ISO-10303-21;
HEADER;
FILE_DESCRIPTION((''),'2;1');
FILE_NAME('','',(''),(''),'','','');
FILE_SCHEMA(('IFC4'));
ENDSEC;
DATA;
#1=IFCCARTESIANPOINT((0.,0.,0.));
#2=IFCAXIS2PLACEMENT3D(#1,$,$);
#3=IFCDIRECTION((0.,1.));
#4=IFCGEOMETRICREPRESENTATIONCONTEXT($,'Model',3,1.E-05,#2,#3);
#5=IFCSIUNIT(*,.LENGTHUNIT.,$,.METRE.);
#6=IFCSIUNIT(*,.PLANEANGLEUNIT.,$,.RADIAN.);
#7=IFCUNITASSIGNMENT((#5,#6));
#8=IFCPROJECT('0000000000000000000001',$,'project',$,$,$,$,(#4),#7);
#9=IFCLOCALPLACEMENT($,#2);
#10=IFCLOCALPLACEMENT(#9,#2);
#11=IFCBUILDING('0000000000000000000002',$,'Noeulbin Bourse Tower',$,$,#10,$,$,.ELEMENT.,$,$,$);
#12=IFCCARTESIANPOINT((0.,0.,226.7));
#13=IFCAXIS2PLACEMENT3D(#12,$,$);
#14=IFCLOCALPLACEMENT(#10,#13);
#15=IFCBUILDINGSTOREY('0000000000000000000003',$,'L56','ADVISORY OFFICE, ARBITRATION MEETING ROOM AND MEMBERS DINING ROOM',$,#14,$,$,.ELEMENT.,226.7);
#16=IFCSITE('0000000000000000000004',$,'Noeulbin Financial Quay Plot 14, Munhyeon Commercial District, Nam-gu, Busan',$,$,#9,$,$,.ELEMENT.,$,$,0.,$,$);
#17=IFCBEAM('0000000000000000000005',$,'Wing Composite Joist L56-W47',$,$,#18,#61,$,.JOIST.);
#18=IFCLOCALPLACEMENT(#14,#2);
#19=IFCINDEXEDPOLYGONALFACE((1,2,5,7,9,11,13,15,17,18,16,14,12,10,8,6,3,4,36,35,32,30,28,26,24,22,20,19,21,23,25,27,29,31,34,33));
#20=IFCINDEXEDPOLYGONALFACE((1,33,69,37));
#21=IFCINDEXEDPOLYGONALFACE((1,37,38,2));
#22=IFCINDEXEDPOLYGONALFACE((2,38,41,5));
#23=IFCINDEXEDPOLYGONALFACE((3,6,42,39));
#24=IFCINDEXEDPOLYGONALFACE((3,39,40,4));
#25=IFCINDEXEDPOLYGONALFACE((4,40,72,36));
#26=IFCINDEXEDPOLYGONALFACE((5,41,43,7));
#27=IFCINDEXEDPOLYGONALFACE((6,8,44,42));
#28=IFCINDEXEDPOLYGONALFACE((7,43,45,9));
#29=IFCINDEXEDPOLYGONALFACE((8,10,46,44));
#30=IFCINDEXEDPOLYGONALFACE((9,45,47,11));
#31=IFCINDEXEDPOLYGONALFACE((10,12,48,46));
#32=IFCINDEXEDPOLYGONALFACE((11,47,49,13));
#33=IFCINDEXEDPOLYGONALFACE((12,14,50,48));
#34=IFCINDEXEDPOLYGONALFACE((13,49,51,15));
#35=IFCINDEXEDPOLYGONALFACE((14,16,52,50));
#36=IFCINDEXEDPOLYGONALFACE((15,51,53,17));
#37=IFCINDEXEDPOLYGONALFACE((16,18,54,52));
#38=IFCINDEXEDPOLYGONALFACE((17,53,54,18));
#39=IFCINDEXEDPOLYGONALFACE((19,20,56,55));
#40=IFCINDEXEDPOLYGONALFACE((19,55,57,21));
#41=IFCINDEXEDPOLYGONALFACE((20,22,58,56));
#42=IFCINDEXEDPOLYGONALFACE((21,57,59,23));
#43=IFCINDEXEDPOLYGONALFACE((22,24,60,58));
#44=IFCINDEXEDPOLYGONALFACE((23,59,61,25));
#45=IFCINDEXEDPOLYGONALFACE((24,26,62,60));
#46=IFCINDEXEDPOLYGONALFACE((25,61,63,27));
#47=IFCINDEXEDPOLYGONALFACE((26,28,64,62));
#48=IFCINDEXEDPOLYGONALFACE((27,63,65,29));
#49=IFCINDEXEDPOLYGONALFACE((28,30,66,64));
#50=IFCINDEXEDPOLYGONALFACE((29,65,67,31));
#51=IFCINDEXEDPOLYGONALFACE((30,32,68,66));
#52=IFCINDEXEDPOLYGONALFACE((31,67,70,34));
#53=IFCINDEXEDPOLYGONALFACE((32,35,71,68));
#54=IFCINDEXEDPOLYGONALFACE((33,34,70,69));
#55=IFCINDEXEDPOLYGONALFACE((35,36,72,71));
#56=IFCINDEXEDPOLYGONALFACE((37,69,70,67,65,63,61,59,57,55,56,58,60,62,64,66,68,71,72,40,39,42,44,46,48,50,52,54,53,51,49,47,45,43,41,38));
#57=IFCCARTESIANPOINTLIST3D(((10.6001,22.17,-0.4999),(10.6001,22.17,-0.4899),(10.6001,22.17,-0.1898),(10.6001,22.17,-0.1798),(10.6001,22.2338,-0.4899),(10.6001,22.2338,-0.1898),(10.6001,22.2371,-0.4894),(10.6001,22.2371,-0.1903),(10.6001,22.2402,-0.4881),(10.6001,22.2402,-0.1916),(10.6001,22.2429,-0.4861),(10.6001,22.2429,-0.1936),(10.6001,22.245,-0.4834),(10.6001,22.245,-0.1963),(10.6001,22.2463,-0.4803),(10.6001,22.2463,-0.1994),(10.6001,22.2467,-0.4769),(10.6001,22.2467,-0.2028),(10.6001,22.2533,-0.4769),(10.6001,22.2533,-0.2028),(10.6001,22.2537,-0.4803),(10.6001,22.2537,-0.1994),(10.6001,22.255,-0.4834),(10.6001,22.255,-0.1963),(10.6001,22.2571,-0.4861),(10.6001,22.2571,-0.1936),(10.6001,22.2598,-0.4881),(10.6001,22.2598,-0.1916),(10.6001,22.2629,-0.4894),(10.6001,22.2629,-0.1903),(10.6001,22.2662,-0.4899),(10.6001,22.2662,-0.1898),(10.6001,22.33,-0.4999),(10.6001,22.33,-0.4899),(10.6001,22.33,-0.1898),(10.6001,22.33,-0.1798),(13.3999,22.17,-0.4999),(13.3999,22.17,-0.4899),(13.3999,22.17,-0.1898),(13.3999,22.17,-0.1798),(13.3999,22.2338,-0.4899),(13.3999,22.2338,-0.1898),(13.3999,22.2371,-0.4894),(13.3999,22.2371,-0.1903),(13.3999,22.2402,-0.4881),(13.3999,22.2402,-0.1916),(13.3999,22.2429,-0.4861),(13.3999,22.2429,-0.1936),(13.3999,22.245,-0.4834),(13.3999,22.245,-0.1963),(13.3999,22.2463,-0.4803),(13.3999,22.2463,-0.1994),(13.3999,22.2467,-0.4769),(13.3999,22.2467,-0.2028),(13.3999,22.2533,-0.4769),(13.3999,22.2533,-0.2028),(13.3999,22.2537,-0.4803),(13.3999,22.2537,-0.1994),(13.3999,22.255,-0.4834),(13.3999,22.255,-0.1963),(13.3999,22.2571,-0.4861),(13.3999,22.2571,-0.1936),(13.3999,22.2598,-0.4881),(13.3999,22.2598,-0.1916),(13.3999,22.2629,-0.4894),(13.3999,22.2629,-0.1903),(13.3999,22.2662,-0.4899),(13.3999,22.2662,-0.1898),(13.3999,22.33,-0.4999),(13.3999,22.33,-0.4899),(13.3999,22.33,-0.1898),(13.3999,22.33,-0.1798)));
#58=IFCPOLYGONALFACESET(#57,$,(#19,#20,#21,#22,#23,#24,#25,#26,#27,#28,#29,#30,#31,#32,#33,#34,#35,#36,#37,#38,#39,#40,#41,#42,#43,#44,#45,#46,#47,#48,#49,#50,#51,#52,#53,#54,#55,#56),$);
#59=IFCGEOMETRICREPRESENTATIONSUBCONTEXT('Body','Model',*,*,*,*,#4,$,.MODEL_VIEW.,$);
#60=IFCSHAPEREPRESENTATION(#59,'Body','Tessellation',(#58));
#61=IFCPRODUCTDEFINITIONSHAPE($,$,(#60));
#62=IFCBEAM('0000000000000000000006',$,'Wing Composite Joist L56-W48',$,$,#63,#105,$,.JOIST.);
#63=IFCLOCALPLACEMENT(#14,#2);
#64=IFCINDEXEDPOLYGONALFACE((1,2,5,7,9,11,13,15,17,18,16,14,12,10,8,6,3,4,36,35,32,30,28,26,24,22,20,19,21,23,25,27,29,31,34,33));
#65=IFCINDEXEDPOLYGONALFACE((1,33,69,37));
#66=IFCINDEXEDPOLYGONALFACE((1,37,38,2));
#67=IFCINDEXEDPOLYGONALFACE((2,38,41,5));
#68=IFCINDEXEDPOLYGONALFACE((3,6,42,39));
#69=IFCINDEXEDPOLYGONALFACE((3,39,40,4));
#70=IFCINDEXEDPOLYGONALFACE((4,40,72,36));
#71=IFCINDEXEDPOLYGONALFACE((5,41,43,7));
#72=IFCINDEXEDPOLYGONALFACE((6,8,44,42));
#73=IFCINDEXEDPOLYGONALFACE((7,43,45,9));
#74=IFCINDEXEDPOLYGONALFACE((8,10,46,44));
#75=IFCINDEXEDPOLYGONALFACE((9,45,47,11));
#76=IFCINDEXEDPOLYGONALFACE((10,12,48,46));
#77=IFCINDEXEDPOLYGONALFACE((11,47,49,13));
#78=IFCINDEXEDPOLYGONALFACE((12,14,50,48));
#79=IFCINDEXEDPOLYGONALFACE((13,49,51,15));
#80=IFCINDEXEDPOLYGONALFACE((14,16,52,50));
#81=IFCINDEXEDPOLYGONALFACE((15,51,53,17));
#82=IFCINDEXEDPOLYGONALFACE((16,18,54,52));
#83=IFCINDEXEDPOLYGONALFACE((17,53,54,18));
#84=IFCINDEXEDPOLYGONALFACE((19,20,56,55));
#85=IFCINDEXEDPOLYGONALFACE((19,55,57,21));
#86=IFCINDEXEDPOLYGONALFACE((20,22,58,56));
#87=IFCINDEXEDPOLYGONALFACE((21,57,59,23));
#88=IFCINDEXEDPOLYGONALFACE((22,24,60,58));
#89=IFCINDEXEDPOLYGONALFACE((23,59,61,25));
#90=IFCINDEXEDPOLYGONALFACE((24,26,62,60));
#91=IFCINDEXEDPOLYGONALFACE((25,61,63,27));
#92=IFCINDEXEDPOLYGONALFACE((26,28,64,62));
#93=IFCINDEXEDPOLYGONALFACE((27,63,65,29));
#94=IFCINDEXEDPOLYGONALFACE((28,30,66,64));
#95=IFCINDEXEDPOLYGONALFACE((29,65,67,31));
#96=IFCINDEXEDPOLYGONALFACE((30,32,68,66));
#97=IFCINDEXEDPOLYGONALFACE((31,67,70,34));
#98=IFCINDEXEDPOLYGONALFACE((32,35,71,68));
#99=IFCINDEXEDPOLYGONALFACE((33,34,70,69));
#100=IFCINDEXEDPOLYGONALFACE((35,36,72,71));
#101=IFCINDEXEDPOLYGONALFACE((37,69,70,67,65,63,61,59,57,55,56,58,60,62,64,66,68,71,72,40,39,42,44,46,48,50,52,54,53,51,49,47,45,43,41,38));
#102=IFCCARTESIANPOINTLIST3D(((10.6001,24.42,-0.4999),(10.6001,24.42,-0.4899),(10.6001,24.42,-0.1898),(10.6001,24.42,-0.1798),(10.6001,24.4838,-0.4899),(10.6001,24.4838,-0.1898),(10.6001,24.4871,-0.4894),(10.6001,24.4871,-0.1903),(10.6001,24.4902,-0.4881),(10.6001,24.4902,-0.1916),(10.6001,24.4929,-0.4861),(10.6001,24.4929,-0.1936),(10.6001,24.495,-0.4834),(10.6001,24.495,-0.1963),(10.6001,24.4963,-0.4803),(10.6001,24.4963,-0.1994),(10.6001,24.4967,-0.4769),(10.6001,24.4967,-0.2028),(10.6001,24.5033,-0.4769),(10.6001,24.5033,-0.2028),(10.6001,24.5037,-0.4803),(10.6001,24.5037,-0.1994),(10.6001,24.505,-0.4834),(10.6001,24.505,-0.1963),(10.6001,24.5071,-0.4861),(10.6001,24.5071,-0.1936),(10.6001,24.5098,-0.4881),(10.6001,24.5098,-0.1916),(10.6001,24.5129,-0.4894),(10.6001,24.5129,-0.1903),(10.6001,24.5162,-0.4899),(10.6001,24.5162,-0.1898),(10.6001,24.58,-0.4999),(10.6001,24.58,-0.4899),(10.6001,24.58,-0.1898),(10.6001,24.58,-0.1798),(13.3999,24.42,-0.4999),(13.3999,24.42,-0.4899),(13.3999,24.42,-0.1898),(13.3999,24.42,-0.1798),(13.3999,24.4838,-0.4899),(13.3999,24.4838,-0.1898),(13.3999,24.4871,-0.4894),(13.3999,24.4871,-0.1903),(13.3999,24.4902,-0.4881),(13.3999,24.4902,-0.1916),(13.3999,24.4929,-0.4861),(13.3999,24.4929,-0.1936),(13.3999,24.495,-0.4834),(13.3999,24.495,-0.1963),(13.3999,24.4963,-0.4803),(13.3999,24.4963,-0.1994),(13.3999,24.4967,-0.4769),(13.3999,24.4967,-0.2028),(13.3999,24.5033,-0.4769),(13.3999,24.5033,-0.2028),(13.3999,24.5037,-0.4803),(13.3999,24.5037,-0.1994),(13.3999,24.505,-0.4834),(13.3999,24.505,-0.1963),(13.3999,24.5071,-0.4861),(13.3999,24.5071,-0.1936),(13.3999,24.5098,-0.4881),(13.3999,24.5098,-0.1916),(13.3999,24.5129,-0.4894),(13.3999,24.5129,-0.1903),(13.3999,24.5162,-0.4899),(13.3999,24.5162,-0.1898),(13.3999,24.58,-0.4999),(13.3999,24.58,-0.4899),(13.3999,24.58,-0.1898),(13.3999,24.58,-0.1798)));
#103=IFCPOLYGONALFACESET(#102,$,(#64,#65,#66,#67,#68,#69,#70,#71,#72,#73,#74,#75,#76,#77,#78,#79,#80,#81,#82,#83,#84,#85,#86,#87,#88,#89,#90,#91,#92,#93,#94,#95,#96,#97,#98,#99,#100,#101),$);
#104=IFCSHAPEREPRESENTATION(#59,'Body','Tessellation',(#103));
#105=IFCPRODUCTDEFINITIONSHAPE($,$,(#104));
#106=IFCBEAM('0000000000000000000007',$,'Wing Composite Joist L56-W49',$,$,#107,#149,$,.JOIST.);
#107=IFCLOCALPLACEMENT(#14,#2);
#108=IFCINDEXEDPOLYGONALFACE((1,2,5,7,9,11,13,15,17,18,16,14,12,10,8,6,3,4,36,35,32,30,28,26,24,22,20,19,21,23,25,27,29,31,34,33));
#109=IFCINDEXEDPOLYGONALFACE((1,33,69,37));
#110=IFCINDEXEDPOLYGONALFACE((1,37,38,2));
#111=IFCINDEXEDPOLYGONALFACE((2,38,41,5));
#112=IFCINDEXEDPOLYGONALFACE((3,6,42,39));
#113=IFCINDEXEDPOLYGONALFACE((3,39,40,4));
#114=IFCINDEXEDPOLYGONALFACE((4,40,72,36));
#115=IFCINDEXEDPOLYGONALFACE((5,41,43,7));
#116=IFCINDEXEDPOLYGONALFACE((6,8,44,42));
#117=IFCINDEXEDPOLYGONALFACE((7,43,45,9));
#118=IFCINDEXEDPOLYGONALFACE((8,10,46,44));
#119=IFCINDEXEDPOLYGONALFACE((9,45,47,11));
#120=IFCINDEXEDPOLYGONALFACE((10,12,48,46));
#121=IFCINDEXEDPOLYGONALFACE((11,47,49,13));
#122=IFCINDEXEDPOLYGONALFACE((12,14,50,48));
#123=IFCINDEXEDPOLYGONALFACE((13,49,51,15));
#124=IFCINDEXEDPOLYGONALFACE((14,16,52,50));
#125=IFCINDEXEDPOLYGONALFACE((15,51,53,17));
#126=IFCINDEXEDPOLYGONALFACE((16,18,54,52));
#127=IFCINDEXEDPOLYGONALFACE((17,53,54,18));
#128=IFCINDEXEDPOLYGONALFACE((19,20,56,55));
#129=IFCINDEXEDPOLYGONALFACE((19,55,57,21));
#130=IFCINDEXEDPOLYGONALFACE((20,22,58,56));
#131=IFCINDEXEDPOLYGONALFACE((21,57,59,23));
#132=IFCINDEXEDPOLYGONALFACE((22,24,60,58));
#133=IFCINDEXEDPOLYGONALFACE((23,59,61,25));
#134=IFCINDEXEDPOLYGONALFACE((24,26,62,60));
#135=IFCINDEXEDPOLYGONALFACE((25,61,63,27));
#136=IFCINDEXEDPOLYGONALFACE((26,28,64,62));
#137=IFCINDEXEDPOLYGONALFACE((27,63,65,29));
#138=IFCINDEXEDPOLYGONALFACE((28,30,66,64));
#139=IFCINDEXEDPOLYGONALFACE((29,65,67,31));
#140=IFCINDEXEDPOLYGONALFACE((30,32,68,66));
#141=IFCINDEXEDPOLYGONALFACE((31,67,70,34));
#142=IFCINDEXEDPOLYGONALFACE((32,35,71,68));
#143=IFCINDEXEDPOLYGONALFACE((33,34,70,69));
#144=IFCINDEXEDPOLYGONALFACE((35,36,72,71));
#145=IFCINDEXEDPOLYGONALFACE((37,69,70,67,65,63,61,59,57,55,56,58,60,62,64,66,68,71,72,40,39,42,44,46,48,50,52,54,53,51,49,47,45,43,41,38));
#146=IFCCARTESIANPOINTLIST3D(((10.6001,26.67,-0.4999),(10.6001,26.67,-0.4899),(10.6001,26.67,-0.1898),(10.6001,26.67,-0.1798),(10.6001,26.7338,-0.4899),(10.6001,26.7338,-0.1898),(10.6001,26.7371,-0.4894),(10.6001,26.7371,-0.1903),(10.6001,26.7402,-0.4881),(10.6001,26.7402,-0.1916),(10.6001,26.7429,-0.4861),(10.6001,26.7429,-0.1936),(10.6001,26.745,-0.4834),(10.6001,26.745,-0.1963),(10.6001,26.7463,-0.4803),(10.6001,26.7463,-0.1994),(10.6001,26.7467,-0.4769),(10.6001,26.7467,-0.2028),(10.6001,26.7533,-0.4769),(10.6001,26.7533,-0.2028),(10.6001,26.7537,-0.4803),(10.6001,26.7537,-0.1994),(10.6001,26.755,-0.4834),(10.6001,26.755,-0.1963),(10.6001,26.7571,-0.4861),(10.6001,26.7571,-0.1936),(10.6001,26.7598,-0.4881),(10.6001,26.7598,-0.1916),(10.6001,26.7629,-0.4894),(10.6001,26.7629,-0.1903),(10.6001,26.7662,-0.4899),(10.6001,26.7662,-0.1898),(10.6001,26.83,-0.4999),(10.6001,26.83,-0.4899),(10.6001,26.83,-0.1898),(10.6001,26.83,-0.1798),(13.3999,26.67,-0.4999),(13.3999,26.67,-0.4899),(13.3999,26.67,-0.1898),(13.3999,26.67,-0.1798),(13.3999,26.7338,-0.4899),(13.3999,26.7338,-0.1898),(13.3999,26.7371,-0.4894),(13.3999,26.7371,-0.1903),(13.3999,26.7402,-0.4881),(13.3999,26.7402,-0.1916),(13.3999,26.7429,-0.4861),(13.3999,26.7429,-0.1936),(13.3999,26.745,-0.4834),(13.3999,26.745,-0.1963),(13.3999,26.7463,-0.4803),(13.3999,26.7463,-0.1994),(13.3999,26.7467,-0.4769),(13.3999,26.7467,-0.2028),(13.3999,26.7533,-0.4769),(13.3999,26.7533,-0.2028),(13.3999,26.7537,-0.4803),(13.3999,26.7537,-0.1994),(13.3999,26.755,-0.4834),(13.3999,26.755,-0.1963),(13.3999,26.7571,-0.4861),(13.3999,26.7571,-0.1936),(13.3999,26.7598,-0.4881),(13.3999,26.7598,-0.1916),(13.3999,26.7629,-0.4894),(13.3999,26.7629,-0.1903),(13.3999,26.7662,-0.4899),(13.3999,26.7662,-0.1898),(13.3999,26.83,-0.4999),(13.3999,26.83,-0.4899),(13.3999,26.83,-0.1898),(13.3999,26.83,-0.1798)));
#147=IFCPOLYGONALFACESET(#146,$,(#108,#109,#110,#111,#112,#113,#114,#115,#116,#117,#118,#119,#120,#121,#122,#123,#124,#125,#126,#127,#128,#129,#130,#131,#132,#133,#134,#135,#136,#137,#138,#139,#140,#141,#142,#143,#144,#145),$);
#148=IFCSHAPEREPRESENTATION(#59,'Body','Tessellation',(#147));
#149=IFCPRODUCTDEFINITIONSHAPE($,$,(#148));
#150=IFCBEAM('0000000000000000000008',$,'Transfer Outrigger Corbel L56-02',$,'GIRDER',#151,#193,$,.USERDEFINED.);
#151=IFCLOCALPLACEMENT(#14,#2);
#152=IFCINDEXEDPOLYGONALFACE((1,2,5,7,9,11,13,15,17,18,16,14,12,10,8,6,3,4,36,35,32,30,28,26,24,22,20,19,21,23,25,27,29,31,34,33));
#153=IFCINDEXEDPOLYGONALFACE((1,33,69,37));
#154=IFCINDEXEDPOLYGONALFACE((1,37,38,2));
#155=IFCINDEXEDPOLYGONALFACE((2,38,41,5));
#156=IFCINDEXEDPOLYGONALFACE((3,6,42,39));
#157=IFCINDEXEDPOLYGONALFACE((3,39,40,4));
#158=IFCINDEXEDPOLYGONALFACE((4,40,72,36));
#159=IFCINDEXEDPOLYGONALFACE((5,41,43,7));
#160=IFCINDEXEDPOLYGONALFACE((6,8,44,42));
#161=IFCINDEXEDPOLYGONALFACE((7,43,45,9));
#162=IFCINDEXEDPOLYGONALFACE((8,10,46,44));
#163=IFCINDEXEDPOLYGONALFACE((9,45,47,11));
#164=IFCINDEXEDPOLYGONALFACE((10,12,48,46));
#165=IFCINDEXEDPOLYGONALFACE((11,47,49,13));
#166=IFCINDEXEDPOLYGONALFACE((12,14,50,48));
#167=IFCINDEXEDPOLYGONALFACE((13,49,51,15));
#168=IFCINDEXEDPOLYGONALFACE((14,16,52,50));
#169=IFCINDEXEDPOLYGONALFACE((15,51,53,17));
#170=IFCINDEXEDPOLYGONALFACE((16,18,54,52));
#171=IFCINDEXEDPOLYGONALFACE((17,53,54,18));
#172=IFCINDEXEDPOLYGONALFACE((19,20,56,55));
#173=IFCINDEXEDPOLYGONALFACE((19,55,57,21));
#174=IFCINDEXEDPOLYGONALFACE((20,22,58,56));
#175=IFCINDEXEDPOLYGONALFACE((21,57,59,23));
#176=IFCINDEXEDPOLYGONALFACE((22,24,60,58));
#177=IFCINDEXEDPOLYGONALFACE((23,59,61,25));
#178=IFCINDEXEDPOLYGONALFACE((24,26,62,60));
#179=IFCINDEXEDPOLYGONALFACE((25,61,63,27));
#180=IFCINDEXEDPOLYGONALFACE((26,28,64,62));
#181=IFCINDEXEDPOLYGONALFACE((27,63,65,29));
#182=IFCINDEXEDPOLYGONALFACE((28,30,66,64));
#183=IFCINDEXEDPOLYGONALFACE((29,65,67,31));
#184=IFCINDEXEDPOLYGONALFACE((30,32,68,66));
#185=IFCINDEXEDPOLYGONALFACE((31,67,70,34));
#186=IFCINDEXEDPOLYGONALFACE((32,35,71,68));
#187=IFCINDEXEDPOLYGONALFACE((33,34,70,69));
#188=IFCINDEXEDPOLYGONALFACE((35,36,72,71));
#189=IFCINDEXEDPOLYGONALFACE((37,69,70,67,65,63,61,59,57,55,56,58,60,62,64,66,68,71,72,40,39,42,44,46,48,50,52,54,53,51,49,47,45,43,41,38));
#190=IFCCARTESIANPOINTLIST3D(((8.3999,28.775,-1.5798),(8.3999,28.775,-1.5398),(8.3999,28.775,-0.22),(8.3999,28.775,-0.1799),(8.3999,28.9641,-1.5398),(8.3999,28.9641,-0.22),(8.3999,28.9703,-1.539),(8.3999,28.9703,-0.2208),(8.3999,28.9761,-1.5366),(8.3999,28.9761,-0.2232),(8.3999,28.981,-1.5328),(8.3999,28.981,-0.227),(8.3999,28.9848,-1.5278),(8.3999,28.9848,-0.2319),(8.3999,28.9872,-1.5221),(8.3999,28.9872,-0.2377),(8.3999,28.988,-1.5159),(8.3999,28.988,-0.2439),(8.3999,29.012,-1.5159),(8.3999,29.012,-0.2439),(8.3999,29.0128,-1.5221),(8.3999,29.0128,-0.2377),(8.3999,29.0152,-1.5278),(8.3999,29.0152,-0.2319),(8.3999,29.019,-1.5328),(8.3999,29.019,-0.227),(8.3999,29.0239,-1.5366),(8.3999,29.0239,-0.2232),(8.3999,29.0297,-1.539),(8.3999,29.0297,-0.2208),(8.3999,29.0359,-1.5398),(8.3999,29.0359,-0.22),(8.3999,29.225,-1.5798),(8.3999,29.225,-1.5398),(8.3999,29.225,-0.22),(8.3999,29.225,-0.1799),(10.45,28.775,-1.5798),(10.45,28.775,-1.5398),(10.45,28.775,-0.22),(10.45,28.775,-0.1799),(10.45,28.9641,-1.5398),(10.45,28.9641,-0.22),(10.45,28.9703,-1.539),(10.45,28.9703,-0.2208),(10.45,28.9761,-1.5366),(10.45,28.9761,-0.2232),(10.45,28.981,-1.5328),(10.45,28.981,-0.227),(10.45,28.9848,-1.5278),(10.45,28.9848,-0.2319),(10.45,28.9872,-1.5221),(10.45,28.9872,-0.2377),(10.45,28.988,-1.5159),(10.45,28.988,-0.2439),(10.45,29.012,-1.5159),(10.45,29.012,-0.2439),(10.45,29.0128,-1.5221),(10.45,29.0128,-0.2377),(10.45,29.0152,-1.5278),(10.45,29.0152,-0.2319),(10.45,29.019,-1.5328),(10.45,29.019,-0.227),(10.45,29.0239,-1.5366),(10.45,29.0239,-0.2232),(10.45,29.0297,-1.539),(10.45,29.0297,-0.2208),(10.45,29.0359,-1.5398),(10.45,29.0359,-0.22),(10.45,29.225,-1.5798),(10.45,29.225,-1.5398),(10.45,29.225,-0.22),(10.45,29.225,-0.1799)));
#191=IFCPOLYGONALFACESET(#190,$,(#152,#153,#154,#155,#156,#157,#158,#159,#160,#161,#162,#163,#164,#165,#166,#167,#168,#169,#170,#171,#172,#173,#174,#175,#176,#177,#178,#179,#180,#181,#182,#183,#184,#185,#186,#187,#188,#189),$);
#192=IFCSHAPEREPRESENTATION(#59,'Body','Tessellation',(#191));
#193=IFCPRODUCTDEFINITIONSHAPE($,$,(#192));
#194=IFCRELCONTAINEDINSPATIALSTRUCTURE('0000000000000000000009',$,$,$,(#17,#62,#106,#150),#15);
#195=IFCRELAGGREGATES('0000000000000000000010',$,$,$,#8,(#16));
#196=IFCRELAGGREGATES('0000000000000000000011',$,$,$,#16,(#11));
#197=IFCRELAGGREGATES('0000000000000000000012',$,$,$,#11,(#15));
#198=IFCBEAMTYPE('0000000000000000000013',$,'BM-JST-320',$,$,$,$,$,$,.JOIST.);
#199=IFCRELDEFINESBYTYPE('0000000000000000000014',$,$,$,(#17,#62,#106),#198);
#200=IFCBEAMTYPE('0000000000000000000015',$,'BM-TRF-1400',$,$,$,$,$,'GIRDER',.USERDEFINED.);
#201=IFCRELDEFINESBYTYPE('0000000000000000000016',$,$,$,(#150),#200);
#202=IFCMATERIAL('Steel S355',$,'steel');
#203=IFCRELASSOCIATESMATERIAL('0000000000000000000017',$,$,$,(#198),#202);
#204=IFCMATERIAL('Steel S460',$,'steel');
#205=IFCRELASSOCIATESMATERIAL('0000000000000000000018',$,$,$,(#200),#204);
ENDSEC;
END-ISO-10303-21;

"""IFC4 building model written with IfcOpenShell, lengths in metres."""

from ifc_helpers import new_model, si_unit, direction, frame, origin, origin_2d, place, context, subcontext, project, spatial, i_section, extrude, material, material_profile, profile_set, type_object, element, save


model = new_model("IFC4")

# Units and contexts
model_context = context("Model", 3, precision=1e-05, world=origin(), true_north=direction((0.0, 1.0)))
body_context = subcontext(model_context, "Body", "Model", "MODEL_VIEW")
ifc_project = project(units=[si_unit("LENGTHUNIT", "METRE"), si_unit("PLANEANGLEUNIT", "RADIAN")], contexts=[model_context])

# Site, building, storey
site_placement = place(None, origin())
site = spatial("IfcSite", under=ifc_project, at=site_placement, Name="Noeulbin Financial Quay Plot 14, Munhyeon Commercial District, Nam-gu, Busan", CompositionType="ELEMENT", RefElevation=0.0)
building_placement = place(site_placement, origin())
building = spatial("IfcBuilding", under=site, at=building_placement, Name="Noeulbin Bourse Tower", CompositionType="ELEMENT")
storey_placement = place(building_placement, frame((0.0, 0.0, 226.7)))
storey = spatial("IfcBuildingStorey", under=building, at=storey_placement, Name="L56", Description="ADVISORY OFFICE, ARBITRATION MEETING ROOM AND MEMBERS DINING ROOM", CompositionType="ELEMENT", Elevation=226.7)

# Shared definitions
ifc_material_1 = material(Name="Steel S355", Category="steel")

# Beams
ifc_material_profile_1 = material_profile(ifc_material_1, i_section(OverallWidth=0.1599, OverallDepth=0.3201, WebThickness=0.0066, FlangeThickness=0.01, FilletRadius=0.0129, at=origin_2d()), Name="H-320x160x6.5x10", Category="LoadBearing")
ifc_profile_set_1 = profile_set([ifc_material_profile_1], Name="Steel S355")
beam_type_1 = type_object("IfcBeamType", Name="BM-JST-320", PredefinedType="JOIST", material=ifc_profile_set_1)
for number, where, z_axis, x_axis, name in (
    (1, (10.6001, 22.25, -0.3398), (1.0, 0.0, 0.0), (0.0, 1.0, 0.0), "Wing Composite Joist L56-W47"),
    (2, (10.6001, 24.5, -0.3398), (1.0, 0.0, 0.0), (0.0, 1.0, 0.0), "Wing Composite Joist L56-W48"),
    (3, (10.6001, 26.75, -0.3398), (1.0, 0.0, 0.0), (0.0, 1.0, 0.0), "Wing Composite Joist L56-W49"),
):
    element("IfcBeam", number, at=place(storey_placement, frame(where, z_axis=z_axis, x_axis=x_axis)), inside=storey, type_object=beam_type_1, Name=name, PredefinedType="JOIST", context=body_context, shape_type="SweptSolid", body=[
        extrude(i_section(OverallWidth=0.1599, OverallDepth=0.3201, WebThickness=0.0066, FlangeThickness=0.01, FilletRadius=0.0129, at=origin_2d()), origin(), (0.0, 0.0, 1.0), 2.7998),
    ])
ifc_material_2 = material(Name="Steel S460", Category="steel")
ifc_material_profile_2 = material_profile(ifc_material_2, i_section(OverallWidth=0.45, OverallDepth=1.3999, WebThickness=0.0239, FlangeThickness=0.04, FilletRadius=0.0239, at=origin_2d()), Name="PG-1400x450x24x40", Category="LoadBearing")
ifc_profile_set_2 = profile_set([ifc_material_profile_2], Name="Steel S460")
beam_type_2 = type_object("IfcBeamType", Name="BM-TRF-1400", ElementType="GIRDER", PredefinedType="USERDEFINED", material=ifc_profile_set_2)
beam_1_placement = place(storey_placement, frame((8.3999, 29.0, -0.8799), z_axis=(1.0, 0.0, 0.0), x_axis=(0.0, 1.0, 0.0)))
element("IfcBeam", 4, at=beam_1_placement, inside=storey, type_object=beam_type_2, Name="Transfer Outrigger Corbel L56-02", ObjectType="GIRDER", PredefinedType="USERDEFINED", context=body_context, shape_type="SweptSolid", body=[
    extrude(i_section(OverallWidth=0.45, OverallDepth=1.3999, WebThickness=0.0239, FlangeThickness=0.04, FilletRadius=0.0239, at=origin_2d()), origin(), (0.0, 0.0, 1.0), 2.05),
])

save(model, "model.ifc")
